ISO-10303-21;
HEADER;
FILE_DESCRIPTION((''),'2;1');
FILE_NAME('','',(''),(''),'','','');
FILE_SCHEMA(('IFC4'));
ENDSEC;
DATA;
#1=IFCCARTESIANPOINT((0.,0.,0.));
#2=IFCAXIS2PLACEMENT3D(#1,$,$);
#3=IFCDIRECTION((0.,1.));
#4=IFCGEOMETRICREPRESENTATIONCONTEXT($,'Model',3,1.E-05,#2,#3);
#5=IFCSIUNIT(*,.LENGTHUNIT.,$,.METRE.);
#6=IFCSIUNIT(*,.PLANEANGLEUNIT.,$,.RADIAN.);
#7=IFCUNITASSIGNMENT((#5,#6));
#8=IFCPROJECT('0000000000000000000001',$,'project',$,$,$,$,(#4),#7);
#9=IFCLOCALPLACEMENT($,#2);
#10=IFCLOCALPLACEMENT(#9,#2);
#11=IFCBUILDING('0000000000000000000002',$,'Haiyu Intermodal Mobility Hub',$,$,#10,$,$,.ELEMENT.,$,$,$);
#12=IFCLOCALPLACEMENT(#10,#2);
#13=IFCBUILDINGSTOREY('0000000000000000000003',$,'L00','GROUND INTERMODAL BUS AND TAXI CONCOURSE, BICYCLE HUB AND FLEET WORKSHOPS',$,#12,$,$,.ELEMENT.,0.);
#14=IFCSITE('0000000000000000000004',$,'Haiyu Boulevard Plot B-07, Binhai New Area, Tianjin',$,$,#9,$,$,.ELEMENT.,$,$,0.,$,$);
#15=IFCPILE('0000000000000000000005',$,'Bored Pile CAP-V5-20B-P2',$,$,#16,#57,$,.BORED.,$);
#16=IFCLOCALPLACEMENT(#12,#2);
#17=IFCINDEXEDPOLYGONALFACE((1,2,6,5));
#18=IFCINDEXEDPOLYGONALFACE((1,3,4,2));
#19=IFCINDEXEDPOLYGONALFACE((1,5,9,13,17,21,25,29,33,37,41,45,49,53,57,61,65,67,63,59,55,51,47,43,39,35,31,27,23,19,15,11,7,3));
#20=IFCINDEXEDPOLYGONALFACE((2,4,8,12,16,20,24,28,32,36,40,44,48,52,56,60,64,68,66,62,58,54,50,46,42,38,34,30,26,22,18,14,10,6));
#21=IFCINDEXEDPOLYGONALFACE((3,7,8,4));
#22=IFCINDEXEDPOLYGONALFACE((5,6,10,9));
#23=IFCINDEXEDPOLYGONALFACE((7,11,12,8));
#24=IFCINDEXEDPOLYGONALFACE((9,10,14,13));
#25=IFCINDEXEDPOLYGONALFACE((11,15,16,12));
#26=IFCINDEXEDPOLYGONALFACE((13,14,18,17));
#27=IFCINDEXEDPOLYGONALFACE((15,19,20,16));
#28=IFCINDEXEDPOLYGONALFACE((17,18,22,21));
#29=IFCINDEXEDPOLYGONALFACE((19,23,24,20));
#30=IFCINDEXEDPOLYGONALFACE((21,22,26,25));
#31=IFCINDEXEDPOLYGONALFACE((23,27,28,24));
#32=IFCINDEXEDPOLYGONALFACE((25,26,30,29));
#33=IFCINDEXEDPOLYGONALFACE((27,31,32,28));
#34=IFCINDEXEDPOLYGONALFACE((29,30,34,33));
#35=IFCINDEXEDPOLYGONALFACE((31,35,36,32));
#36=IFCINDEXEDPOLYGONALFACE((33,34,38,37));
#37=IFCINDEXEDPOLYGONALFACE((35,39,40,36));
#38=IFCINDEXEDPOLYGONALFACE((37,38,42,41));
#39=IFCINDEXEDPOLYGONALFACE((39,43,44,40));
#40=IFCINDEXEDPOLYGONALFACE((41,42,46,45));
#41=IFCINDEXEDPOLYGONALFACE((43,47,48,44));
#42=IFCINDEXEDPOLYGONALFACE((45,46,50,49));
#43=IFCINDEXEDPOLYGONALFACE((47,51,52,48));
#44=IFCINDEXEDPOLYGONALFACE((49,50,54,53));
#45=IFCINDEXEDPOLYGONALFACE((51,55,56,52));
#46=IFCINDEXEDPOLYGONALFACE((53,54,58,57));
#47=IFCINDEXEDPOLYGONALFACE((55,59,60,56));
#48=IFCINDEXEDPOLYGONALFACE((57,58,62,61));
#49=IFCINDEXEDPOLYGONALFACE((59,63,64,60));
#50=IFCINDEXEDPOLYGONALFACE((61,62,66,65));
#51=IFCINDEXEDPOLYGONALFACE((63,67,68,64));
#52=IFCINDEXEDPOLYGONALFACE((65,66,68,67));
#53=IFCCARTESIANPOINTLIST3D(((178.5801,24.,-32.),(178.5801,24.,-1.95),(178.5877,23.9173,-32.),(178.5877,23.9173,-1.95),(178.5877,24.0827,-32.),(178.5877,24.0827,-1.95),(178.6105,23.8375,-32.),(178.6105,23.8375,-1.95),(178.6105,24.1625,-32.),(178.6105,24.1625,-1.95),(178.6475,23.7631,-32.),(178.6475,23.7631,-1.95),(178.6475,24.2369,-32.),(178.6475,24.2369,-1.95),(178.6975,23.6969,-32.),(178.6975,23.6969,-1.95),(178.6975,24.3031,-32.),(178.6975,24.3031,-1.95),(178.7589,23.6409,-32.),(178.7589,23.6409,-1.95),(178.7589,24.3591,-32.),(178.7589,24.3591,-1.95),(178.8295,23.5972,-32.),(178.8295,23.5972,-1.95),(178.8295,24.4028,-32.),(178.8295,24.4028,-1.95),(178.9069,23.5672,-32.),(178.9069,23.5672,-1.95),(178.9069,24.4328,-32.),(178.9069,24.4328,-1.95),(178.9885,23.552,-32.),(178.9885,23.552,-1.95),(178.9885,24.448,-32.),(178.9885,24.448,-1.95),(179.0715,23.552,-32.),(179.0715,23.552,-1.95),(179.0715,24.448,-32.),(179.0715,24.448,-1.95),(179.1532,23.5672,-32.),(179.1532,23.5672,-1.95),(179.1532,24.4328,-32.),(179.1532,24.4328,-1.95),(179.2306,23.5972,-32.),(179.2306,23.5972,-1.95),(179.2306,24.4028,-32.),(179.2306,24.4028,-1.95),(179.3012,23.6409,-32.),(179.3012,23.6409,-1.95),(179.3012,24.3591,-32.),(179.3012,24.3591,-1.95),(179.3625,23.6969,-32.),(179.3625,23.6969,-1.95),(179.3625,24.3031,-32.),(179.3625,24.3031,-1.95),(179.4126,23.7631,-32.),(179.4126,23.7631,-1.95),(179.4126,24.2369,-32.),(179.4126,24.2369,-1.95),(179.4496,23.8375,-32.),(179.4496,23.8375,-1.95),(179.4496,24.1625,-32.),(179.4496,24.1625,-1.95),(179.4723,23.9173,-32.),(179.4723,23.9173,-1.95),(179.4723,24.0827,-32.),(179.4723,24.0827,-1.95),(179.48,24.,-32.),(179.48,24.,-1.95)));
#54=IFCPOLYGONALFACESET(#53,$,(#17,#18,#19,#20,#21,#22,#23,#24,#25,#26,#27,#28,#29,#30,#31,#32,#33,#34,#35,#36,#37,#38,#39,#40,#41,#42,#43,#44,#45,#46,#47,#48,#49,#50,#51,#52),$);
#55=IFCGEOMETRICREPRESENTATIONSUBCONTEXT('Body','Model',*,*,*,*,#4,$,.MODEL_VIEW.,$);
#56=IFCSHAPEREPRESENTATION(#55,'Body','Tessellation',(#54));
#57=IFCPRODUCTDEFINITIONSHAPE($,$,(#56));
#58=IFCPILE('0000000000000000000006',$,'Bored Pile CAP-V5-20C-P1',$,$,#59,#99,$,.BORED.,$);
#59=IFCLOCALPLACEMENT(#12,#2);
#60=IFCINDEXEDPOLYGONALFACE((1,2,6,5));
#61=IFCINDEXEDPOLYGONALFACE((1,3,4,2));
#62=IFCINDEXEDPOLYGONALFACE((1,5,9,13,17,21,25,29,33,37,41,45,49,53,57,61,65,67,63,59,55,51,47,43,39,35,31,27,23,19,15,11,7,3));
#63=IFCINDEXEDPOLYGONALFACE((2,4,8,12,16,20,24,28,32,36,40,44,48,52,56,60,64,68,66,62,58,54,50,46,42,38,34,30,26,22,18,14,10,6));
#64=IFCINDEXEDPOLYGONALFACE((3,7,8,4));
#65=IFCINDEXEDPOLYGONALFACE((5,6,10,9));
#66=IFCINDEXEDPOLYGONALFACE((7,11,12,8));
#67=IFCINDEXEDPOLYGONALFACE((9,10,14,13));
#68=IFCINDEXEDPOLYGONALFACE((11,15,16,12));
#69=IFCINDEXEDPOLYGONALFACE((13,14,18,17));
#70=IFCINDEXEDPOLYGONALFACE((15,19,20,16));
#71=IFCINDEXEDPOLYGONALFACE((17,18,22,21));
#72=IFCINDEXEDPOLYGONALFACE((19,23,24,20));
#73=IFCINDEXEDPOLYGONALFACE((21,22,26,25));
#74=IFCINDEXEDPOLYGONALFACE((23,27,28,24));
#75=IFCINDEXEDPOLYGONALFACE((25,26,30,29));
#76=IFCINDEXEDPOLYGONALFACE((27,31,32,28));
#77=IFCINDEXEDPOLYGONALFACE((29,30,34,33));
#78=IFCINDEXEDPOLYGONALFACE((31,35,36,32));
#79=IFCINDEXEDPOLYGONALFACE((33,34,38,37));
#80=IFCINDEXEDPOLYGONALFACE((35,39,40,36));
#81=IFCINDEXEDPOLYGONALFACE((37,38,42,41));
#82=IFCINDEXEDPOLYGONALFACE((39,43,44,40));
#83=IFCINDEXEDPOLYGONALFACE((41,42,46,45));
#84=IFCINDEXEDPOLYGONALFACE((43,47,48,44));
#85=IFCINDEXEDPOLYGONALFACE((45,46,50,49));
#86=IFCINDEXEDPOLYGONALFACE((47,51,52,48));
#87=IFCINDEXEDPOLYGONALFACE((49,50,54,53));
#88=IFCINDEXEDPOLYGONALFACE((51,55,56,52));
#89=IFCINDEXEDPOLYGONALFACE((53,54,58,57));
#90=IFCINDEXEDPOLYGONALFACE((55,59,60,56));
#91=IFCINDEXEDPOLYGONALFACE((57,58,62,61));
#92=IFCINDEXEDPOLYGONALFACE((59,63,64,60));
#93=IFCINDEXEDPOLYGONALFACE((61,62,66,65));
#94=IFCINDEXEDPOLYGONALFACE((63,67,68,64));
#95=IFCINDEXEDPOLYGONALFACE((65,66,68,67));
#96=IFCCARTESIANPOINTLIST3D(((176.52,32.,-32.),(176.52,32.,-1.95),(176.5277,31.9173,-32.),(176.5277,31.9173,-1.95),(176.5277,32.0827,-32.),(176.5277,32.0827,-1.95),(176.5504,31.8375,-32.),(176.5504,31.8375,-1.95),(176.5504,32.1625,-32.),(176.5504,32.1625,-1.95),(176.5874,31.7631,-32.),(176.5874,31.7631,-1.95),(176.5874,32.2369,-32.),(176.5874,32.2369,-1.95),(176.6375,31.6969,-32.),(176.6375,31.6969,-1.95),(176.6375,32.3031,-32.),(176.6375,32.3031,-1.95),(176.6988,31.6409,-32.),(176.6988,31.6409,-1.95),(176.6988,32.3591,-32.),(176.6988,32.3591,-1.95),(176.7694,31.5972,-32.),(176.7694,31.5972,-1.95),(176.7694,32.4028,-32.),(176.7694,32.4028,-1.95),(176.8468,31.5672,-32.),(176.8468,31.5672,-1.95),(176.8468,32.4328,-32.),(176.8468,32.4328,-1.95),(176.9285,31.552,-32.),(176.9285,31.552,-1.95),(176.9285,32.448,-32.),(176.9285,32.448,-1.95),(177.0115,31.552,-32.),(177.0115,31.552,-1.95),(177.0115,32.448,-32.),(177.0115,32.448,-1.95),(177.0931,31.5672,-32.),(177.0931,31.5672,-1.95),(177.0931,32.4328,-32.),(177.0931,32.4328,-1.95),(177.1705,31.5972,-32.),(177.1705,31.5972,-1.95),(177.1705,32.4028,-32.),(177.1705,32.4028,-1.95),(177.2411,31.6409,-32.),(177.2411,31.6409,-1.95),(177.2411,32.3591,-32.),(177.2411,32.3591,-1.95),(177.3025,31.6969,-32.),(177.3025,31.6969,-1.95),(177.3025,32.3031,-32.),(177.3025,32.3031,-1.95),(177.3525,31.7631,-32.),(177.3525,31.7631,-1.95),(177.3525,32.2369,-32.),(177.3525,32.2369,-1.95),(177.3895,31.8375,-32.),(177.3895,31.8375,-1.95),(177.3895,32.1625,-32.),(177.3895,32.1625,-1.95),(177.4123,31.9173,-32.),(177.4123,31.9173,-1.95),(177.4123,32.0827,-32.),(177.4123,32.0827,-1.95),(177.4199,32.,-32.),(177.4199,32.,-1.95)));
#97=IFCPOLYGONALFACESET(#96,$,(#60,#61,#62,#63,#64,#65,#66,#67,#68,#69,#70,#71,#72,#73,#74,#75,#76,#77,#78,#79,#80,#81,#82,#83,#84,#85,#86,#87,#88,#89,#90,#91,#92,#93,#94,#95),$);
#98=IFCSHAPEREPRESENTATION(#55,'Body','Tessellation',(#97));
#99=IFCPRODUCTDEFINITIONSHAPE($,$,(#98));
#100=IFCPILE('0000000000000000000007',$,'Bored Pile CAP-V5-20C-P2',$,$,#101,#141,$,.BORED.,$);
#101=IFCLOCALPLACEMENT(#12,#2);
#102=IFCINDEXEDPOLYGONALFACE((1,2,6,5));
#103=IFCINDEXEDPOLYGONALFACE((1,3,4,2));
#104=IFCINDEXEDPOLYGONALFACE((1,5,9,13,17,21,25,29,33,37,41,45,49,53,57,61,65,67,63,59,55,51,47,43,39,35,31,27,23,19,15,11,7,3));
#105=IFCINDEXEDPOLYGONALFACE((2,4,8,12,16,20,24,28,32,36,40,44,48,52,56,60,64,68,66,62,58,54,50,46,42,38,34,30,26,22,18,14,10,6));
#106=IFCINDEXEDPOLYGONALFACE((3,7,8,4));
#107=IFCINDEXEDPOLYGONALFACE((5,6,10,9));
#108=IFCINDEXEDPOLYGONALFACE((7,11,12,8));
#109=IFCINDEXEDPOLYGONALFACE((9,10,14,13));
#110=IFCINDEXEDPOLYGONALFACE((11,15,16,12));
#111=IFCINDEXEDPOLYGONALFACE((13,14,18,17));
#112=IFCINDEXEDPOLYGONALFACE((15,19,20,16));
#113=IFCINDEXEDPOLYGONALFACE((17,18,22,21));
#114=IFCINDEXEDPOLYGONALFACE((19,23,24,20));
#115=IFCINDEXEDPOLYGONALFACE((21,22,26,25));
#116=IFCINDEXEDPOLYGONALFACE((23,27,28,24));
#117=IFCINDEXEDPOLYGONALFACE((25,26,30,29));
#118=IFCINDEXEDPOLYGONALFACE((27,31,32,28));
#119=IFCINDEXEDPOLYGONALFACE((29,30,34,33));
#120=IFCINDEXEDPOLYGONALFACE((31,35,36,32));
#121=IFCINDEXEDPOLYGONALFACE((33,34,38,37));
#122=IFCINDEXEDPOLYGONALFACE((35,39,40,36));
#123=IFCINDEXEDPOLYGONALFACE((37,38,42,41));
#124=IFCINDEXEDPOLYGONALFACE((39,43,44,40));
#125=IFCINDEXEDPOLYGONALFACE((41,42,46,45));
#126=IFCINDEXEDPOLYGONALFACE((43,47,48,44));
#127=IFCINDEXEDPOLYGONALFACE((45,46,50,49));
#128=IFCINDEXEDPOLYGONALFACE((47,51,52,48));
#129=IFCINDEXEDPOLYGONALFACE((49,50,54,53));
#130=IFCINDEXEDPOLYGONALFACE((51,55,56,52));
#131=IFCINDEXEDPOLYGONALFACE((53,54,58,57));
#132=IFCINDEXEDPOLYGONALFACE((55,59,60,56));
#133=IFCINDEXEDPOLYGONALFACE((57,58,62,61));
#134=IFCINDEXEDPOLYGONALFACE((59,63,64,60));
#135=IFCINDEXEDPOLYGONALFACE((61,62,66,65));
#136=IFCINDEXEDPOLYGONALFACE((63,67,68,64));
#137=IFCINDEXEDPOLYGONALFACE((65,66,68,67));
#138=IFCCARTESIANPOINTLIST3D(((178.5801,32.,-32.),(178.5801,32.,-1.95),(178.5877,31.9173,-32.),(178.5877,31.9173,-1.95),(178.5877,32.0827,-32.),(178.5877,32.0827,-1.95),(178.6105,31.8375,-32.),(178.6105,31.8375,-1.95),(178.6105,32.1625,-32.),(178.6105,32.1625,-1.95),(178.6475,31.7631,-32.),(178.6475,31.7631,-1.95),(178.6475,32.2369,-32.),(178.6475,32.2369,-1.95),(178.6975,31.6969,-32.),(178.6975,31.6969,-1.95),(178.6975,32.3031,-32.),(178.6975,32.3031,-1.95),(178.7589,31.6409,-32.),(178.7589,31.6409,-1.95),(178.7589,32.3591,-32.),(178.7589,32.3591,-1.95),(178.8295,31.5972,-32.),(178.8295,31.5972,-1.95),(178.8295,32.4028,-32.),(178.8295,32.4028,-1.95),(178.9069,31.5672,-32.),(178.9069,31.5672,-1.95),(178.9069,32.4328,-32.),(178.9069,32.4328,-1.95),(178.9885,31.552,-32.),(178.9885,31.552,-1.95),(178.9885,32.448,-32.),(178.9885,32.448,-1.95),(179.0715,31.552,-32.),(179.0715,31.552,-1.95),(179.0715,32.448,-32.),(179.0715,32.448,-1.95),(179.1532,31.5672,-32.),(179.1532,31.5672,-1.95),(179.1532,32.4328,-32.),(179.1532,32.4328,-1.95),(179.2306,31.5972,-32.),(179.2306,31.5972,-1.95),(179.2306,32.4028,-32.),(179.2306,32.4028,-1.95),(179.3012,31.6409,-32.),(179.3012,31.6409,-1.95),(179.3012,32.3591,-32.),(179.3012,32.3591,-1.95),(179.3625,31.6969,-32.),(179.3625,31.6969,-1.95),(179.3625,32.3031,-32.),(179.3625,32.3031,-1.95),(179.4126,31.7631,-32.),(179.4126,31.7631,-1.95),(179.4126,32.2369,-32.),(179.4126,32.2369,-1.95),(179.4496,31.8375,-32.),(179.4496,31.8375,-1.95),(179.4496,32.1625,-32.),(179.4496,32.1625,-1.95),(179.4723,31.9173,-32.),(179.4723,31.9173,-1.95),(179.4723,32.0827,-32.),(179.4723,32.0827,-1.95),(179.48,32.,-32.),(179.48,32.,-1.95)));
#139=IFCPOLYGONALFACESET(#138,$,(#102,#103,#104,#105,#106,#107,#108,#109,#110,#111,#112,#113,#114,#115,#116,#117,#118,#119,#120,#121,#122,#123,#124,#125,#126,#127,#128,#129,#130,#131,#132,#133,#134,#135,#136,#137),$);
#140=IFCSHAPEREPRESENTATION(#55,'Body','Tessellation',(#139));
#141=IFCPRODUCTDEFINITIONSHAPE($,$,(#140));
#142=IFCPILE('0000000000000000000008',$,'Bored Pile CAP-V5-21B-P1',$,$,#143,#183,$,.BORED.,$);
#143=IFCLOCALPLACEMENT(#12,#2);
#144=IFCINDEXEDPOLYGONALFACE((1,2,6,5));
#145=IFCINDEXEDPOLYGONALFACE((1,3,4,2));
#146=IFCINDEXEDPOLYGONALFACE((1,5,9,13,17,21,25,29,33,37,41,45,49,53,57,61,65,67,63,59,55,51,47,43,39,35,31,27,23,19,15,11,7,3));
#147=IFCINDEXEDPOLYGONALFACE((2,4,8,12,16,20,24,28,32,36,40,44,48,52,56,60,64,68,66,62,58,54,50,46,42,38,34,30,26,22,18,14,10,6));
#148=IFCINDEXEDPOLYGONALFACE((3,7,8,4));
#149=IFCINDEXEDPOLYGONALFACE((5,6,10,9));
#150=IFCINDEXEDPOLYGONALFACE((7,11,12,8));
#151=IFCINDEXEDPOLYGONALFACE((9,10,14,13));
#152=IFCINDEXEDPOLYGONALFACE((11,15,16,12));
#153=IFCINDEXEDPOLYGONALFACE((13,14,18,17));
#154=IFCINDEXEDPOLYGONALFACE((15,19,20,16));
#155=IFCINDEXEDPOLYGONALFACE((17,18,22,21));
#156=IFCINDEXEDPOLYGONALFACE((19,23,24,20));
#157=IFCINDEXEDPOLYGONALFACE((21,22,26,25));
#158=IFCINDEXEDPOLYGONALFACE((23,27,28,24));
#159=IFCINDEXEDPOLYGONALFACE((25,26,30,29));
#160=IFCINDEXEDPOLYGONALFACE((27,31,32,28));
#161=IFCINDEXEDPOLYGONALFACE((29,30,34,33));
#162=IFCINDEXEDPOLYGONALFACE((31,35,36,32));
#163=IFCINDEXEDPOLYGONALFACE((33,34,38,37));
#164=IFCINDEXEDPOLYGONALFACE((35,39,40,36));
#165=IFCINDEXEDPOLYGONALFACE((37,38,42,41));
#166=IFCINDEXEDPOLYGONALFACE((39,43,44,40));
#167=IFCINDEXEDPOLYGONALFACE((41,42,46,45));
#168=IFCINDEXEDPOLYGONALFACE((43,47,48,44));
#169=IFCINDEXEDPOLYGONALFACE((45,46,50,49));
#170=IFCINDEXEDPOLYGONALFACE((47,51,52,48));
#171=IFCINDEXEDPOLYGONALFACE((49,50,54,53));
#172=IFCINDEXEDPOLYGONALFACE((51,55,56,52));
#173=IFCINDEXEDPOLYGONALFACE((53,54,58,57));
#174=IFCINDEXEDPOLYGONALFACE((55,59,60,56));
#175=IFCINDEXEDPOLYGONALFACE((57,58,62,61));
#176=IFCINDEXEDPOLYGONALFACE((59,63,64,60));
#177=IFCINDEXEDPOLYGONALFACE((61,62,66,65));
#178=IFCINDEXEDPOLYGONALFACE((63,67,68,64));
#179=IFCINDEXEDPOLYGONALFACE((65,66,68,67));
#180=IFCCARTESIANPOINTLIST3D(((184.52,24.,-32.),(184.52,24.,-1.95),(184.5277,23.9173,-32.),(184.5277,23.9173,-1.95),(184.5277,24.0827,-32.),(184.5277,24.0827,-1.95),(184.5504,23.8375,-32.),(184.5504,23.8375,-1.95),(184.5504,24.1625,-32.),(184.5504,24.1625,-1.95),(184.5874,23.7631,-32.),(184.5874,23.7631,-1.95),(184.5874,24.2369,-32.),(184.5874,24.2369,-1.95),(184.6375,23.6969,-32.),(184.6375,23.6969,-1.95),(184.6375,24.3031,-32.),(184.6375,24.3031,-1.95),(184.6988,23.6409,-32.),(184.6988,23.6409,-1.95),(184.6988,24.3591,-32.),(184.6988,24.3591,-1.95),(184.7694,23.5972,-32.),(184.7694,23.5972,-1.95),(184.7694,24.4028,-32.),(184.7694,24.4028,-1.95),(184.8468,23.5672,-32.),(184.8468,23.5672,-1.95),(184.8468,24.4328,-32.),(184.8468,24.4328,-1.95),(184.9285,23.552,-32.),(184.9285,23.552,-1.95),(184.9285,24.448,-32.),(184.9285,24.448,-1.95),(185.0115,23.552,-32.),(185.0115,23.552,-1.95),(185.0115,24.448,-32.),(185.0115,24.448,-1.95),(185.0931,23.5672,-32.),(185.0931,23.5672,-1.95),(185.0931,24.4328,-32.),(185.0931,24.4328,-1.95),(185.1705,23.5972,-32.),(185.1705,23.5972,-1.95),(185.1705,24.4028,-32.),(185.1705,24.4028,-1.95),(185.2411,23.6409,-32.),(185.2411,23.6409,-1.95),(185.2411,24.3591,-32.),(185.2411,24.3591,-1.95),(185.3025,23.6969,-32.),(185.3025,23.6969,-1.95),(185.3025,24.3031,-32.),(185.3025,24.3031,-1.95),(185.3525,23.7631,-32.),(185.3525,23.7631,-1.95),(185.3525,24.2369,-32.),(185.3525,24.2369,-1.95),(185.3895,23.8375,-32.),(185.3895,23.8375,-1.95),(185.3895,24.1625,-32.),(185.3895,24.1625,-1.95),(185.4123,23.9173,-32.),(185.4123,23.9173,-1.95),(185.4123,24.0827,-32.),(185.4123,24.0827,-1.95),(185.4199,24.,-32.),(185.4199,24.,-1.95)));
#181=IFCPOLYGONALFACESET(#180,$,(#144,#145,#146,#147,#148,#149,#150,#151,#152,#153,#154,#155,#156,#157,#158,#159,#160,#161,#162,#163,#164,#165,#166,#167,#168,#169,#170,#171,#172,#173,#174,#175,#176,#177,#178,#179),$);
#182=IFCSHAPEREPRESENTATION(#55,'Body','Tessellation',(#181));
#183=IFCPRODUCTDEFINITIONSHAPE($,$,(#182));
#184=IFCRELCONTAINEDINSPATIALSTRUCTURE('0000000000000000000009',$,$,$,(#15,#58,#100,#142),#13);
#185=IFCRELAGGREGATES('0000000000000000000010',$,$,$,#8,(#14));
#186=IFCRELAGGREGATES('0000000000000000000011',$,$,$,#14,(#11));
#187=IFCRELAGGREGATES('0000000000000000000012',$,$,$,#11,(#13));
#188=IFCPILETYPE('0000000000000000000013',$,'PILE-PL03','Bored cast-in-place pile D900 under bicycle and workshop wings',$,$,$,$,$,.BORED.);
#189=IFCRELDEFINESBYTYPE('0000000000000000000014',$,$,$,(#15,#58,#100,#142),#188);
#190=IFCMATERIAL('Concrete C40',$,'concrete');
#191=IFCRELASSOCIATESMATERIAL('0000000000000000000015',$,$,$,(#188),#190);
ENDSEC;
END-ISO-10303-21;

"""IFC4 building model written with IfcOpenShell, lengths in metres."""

from ifc_helpers import new_model, si_unit, direction, frame, origin, origin_2d, place, context, subcontext, project, spatial, circle, extrude, material, material_profile, profile_set, type_object, element, save


model = new_model("IFC4")

# Units and contexts
model_context = context("Model", 3, precision=1e-05, world=origin(), true_north=direction((0.0, 1.0)))
body_context = subcontext(model_context, "Body", "Model", "MODEL_VIEW")
ifc_project = project(units=[si_unit("LENGTHUNIT", "METRE"), si_unit("PLANEANGLEUNIT", "RADIAN")], contexts=[model_context])

# Site, building, storey
site_placement = place(None, origin())
site = spatial("IfcSite", under=ifc_project, at=site_placement, Name="Haiyu Boulevard Plot B-07, Binhai New Area, Tianjin", CompositionType="ELEMENT", RefElevation=0.0)
building_placement = place(site_placement, origin())
building = spatial("IfcBuilding", under=site, at=building_placement, Name="Haiyu Intermodal Mobility Hub", CompositionType="ELEMENT")
storey_placement = place(building_placement, origin())
storey = spatial("IfcBuildingStorey", under=building, at=storey_placement, Name="L00", Description="GROUND INTERMODAL BUS AND TAXI CONCOURSE, BICYCLE HUB AND FLEET WORKSHOPS", CompositionType="ELEMENT", Elevation=0.0)

# Shared definitions
ifc_material_1 = material(Name="Concrete C40", Category="concrete")

# Piles
ifc_material_profile_1 = material_profile(ifc_material_1, circle(Radius=0.45, at=origin_2d()), Name="PILE-D900")
ifc_profile_set_1 = profile_set([ifc_material_profile_1], Name="Concrete C40")
pile_type = type_object("IfcPileType", Name="PILE-PL03", Description="Bored cast-in-place pile D900 under bicycle and workshop wings", PredefinedType="BORED", material=ifc_profile_set_1)
for number, where, z_axis, x_axis, name in (
    (1, (179.03, 24.0, -1.95), (0.0, 0.0, -1.0), (1.0, 0.0, 0.0), "Bored Pile CAP-V5-20B-P2"),
    (2, (176.97, 32.0, -1.95), (0.0, 0.0, -1.0), (1.0, 0.0, 0.0), "Bored Pile CAP-V5-20C-P1"),
    (3, (179.03, 32.0, -1.95), (0.0, 0.0, -1.0), (1.0, 0.0, 0.0), "Bored Pile CAP-V5-20C-P2"),
    (4, (184.97, 24.0, -1.95), (0.0, 0.0, -1.0), (1.0, 0.0, 0.0), "Bored Pile CAP-V5-21B-P1"),
):
    element("IfcPile", number, at=place(storey_placement, frame(where, z_axis=z_axis, x_axis=x_axis)), inside=storey, type_object=pile_type, Name=name, PredefinedType="BORED", context=body_context, shape_type="SweptSolid", body=[
        extrude(circle(Radius=0.45, at=origin_2d()), origin(), (0.0, 0.0, 1.0), 30.05),
    ])

save(model, "model.ifc")
